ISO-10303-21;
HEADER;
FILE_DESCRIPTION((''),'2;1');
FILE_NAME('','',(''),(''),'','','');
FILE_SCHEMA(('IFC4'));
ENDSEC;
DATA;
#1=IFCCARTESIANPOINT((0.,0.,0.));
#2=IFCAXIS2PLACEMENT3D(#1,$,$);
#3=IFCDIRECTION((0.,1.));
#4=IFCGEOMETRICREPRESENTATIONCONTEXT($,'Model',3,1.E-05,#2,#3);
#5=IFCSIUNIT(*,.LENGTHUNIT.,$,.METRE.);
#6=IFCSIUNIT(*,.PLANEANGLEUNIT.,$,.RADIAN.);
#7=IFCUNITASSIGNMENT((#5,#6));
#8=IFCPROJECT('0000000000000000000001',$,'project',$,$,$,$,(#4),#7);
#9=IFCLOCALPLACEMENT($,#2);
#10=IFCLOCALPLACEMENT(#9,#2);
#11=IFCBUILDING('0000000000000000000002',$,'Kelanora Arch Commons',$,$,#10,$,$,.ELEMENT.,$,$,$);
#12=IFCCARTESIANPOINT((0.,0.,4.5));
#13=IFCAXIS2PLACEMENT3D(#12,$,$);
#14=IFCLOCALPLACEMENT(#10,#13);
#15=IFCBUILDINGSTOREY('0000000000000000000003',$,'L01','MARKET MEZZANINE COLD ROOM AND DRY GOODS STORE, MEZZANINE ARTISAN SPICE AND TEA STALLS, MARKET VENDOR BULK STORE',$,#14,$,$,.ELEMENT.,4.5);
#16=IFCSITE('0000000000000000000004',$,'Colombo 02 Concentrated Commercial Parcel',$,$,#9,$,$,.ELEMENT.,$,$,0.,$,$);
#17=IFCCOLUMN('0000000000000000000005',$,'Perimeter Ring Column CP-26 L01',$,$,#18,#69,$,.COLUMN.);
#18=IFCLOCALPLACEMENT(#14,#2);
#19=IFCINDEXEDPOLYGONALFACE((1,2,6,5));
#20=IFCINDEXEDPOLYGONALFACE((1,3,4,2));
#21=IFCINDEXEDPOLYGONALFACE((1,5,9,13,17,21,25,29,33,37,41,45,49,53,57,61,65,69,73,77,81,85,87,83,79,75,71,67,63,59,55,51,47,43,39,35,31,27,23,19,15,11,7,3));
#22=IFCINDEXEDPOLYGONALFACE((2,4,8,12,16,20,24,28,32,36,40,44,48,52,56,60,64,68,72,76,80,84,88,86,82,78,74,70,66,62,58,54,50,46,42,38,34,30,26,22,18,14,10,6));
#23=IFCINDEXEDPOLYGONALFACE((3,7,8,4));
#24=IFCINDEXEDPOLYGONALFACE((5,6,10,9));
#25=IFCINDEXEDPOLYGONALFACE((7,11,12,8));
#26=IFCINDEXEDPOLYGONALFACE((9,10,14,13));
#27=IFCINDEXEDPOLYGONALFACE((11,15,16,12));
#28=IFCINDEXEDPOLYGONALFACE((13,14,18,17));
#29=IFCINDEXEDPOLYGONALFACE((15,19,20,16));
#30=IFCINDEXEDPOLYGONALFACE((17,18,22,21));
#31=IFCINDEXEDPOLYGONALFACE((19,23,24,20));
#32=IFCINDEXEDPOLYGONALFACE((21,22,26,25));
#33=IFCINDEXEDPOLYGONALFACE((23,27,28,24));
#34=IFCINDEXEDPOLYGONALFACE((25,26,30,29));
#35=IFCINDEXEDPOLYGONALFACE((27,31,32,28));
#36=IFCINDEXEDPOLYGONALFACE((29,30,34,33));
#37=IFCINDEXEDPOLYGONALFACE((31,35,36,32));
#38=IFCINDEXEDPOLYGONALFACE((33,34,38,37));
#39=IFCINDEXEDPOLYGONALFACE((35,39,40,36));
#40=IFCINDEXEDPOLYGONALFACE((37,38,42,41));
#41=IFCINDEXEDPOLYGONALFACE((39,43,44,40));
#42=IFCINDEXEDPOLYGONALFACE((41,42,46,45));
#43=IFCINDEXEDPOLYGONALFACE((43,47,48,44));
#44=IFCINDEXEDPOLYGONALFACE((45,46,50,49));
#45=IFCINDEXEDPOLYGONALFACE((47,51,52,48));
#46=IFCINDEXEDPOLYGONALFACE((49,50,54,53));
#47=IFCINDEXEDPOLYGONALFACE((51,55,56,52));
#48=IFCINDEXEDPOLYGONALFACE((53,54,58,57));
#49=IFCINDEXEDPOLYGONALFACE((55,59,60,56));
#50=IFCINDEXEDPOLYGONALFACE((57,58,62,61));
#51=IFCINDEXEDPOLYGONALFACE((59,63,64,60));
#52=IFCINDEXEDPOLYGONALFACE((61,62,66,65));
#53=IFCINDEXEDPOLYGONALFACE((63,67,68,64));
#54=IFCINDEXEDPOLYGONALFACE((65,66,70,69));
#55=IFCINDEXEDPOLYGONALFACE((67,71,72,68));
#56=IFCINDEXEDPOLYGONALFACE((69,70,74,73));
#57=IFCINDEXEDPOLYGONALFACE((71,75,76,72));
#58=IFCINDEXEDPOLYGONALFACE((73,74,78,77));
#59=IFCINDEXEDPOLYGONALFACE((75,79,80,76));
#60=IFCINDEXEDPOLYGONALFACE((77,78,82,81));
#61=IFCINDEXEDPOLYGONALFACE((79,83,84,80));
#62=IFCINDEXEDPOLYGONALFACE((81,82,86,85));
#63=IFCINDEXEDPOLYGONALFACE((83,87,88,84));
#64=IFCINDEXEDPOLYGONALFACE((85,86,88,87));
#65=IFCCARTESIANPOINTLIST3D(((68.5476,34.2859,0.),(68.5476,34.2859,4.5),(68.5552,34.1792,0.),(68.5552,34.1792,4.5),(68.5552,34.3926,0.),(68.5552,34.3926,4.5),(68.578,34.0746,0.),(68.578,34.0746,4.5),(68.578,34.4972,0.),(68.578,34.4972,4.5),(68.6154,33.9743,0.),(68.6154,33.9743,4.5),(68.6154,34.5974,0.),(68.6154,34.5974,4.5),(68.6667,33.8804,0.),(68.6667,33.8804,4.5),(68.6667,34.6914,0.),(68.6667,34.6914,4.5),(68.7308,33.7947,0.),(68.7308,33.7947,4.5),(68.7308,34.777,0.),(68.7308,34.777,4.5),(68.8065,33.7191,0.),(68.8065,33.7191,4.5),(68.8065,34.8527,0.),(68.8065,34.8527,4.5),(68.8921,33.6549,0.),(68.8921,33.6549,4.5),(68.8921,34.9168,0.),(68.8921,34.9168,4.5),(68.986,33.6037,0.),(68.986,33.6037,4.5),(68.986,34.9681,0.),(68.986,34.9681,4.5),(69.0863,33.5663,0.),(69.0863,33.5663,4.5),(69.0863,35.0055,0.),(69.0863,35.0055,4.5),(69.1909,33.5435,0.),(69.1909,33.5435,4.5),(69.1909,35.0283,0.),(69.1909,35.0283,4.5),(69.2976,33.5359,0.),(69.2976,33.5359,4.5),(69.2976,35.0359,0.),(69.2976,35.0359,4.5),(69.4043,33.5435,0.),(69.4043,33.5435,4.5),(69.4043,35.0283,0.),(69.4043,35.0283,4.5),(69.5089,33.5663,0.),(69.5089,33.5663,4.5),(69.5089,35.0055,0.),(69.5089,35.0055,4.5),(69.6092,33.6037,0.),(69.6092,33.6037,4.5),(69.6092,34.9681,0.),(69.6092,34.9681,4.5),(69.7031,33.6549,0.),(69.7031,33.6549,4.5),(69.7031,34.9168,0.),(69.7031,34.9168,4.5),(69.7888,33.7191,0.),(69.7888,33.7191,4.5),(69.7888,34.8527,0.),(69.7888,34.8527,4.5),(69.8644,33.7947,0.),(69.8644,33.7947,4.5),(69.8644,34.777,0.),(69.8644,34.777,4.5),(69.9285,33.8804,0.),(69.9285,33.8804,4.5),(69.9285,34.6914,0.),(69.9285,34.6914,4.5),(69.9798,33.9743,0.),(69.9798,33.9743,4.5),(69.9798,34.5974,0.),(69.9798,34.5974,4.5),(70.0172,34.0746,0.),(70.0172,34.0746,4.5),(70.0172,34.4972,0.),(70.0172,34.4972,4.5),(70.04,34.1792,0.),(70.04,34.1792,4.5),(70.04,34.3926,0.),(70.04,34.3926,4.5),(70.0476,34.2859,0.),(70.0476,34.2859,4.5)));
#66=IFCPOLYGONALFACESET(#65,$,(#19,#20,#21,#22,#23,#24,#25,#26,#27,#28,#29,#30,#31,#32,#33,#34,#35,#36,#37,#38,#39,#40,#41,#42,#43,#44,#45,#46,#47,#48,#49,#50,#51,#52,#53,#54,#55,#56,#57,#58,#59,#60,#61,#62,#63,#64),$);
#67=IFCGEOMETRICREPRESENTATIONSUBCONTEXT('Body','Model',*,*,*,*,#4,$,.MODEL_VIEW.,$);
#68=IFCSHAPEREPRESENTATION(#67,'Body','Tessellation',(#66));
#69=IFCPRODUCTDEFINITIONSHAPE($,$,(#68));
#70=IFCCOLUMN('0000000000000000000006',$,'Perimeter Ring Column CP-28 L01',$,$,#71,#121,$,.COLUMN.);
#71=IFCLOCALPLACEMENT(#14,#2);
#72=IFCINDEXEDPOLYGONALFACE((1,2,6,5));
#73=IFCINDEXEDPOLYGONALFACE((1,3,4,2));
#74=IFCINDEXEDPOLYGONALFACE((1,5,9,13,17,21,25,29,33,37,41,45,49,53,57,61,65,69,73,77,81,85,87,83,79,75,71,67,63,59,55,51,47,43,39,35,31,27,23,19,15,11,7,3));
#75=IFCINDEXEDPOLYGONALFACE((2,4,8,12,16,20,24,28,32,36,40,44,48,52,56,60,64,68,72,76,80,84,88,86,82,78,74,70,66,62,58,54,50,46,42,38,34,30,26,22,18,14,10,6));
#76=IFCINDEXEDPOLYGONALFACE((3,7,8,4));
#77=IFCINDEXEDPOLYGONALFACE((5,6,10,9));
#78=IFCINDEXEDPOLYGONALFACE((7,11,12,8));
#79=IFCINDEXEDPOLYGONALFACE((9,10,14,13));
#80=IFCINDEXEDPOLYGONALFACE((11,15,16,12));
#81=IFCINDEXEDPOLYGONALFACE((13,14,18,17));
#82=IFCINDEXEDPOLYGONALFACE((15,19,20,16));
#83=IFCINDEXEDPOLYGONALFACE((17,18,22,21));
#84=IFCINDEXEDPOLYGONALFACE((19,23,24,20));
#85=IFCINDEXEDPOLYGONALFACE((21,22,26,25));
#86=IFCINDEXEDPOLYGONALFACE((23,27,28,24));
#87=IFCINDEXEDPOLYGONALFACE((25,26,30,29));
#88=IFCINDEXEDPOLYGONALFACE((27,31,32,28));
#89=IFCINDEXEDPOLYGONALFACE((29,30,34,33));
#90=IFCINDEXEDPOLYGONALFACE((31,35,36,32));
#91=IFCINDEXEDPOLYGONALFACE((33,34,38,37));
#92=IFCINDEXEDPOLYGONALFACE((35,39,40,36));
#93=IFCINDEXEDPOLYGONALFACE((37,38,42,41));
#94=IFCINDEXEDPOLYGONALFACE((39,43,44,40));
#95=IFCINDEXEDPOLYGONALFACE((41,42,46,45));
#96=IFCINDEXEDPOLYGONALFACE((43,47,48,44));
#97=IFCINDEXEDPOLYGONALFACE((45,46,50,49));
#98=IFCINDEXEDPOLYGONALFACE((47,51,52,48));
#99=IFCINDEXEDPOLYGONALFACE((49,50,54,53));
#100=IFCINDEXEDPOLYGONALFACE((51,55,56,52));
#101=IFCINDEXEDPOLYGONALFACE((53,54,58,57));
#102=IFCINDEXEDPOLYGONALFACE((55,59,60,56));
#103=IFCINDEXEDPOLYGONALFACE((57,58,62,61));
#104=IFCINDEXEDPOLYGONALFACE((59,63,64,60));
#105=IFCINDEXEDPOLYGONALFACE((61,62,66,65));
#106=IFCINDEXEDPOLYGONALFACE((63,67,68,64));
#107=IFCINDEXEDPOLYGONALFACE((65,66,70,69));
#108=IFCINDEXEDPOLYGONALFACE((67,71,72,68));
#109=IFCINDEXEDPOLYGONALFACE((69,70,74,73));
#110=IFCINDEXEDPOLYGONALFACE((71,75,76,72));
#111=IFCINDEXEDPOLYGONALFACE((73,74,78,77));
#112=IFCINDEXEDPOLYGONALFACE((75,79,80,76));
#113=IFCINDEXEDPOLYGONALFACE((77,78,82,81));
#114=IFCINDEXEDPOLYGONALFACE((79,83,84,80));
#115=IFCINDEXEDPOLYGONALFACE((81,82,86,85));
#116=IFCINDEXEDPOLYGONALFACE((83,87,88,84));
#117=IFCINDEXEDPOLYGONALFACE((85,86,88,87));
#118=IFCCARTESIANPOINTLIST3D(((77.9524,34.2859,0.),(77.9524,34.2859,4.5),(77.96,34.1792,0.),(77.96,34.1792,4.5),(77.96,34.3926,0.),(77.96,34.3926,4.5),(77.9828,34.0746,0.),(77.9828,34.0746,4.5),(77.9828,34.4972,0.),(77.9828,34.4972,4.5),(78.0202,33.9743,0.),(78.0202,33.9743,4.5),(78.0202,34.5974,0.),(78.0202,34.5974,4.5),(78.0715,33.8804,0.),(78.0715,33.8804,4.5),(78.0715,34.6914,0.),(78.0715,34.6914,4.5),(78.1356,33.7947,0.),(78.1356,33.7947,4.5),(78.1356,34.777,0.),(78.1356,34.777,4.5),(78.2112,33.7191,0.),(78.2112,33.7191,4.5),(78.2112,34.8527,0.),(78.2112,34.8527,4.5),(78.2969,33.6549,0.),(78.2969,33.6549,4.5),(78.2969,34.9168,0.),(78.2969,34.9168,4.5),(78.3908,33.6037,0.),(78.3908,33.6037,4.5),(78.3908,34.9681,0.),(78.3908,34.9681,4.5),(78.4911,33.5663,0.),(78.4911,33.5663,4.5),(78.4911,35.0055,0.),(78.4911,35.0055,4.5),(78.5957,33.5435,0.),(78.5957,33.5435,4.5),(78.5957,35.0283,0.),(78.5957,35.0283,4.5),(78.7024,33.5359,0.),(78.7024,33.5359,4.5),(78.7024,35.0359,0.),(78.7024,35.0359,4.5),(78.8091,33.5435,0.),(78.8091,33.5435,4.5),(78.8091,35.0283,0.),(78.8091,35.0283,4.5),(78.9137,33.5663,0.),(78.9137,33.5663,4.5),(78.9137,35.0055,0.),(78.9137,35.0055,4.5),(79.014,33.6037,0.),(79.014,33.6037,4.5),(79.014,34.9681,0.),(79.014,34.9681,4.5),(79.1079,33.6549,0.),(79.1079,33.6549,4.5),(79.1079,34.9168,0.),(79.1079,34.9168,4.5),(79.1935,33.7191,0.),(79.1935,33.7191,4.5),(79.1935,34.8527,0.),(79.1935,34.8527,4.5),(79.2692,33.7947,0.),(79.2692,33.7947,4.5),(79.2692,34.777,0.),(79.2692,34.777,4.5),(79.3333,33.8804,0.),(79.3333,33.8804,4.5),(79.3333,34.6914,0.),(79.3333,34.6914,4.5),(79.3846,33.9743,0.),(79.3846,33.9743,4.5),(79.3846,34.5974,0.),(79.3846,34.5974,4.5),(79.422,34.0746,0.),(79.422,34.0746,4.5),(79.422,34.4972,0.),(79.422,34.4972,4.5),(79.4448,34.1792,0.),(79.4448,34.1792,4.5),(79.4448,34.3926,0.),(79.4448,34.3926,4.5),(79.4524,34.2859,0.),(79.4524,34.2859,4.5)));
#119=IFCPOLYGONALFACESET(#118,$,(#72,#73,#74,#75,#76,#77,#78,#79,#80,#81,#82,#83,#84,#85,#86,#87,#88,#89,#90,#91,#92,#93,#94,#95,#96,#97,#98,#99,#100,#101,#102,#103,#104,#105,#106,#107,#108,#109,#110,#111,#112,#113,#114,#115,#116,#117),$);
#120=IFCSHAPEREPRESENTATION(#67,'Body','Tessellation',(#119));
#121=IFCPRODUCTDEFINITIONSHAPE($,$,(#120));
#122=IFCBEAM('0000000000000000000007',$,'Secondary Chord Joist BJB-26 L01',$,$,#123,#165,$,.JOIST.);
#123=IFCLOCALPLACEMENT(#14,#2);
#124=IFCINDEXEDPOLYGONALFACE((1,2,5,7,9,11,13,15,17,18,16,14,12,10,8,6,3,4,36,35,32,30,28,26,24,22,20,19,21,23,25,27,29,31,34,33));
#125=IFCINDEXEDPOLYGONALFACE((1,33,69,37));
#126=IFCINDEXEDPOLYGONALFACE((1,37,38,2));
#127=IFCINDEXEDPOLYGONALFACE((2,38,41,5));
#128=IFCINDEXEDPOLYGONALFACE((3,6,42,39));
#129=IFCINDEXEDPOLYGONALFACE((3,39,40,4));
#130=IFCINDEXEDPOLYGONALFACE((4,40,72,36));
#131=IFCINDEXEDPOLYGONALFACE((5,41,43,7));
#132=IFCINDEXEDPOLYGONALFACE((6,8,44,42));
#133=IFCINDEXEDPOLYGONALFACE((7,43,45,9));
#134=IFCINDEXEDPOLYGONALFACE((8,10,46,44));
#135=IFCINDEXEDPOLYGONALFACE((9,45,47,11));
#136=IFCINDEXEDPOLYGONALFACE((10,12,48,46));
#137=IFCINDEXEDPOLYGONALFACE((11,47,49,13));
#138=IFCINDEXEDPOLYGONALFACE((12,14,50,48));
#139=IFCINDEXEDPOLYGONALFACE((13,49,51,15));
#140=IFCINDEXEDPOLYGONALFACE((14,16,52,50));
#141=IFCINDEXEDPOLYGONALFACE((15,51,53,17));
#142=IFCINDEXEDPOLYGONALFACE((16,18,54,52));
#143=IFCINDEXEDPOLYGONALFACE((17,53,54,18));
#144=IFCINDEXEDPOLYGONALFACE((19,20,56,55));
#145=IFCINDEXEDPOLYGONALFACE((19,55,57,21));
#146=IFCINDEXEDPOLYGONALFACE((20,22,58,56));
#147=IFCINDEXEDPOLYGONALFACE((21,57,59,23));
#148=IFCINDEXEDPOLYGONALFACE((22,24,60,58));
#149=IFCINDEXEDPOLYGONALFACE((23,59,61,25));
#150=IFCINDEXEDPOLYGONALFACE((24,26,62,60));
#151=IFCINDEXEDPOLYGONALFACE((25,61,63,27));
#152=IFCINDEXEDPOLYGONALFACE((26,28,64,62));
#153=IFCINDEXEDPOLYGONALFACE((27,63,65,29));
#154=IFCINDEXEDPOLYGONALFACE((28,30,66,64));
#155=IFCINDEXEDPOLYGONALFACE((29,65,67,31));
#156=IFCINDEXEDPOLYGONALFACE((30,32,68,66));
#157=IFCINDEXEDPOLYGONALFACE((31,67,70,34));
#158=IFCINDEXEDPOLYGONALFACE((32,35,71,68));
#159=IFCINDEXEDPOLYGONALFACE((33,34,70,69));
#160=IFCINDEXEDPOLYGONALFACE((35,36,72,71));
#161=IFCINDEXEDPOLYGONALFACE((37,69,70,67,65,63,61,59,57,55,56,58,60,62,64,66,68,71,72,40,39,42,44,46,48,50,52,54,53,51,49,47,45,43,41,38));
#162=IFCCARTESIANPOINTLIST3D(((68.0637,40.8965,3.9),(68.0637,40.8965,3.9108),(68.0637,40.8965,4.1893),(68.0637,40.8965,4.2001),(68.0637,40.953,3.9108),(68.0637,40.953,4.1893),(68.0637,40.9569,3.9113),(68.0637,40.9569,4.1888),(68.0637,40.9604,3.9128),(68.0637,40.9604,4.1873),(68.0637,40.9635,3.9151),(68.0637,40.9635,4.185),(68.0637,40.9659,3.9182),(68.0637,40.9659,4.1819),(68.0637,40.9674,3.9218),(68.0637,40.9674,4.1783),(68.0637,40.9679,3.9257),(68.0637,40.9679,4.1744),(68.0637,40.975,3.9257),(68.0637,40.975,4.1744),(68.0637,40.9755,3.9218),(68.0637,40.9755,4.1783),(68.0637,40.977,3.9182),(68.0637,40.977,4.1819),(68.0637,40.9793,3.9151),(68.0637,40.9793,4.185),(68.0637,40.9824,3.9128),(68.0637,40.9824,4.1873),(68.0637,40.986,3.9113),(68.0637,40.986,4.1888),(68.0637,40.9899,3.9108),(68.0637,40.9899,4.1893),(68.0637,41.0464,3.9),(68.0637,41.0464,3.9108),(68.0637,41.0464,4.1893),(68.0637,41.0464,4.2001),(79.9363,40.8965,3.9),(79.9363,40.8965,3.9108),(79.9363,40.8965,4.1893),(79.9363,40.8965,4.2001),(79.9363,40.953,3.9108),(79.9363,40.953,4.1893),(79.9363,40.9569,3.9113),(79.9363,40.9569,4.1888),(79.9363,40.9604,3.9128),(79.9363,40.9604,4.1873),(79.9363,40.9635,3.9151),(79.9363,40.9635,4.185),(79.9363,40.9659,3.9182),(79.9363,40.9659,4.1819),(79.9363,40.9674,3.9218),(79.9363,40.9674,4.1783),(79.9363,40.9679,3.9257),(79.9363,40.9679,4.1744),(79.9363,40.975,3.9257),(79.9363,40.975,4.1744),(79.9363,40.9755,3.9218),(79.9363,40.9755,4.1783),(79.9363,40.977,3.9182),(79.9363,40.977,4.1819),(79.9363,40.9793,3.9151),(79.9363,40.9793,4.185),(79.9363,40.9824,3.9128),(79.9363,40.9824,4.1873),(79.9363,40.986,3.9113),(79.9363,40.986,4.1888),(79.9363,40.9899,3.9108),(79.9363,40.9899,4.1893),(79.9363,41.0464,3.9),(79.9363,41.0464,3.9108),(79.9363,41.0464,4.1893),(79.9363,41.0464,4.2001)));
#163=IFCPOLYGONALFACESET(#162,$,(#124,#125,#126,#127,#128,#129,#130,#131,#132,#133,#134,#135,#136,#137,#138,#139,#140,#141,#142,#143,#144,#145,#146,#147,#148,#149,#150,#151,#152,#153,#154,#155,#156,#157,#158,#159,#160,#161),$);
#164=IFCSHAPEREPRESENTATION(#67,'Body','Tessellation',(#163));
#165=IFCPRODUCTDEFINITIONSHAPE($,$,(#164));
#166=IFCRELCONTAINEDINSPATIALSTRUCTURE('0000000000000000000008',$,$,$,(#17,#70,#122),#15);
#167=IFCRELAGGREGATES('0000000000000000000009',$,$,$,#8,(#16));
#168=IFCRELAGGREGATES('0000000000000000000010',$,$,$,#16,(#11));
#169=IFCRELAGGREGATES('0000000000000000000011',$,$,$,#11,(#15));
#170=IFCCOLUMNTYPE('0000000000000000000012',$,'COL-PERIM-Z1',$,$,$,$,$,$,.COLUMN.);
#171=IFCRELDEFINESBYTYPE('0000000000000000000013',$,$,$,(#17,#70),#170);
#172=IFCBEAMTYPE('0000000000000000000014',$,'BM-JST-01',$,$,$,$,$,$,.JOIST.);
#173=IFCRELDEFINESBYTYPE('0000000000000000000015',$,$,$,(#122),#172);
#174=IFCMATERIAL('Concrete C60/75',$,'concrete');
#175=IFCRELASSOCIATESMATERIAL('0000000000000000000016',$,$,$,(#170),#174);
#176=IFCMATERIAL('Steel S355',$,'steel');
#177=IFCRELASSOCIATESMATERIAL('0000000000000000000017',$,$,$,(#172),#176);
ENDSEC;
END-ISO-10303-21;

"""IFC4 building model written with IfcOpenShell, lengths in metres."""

from ifc_helpers import new_model, si_unit, direction, frame, origin, origin_2d, place, context, subcontext, project, spatial, circle, i_section, extrude, material, material_profile, profile_set, type_object, element, save


model = new_model("IFC4")

# Units and contexts
model_context = context("Model", 3, precision=1e-05, world=origin(), true_north=direction((0.0, 1.0)))
body_context = subcontext(model_context, "Body", "Model", "MODEL_VIEW")
ifc_project = project(units=[si_unit("LENGTHUNIT", "METRE"), si_unit("PLANEANGLEUNIT", "RADIAN")], contexts=[model_context])

# Site, building, storey
site_placement = place(None, origin())
site = spatial("IfcSite", under=ifc_project, at=site_placement, Name="Colombo 02 Concentrated Commercial Parcel", CompositionType="ELEMENT", RefElevation=0.0)
building_placement = place(site_placement, origin())
building = spatial("IfcBuilding", under=site, at=building_placement, Name="Kelanora Arch Commons", CompositionType="ELEMENT")
storey_placement = place(building_placement, frame((0.0, 0.0, 4.5)))
storey = spatial("IfcBuildingStorey", under=building, at=storey_placement, Name="L01", Description="MARKET MEZZANINE COLD ROOM AND DRY GOODS STORE, MEZZANINE ARTISAN SPICE AND TEA STALLS, MARKET VENDOR BULK STORE", CompositionType="ELEMENT", Elevation=4.5)

# Columns
ifc_material_1 = material(Name="Concrete C60/75", Category="concrete")
ifc_material_profile_1 = material_profile(ifc_material_1, circle(Radius=0.75, at=origin_2d()), Name="RCC1500")
ifc_profile_set_1 = profile_set([ifc_material_profile_1], Name="Concrete C60/75")
column_type = type_object("IfcColumnType", Name="COL-PERIM-Z1", PredefinedType="COLUMN", material=ifc_profile_set_1)
for number, where, z_axis, x_axis, name in (
    (1, (69.2976, 34.2859, 0.0), (0.0, 0.0, 1.0), (1.0, 0.0, 0.0), "Perimeter Ring Column CP-26 L01"),
    (2, (78.7024, 34.2859, 0.0), (0.0, 0.0, 1.0), (1.0, 0.0, 0.0), "Perimeter Ring Column CP-28 L01"),
):
    element("IfcColumn", number, at=place(storey_placement, frame(where, z_axis=z_axis, x_axis=x_axis)), inside=storey, type_object=column_type, Name=name, PredefinedType="COLUMN", context=body_context, shape_type="SweptSolid", body=[
        extrude(circle(Radius=0.75, at=origin_2d()), origin(), (0.0, 0.0, 1.0), 4.5),
    ])

# Beam
ifc_material_2 = material(Name="Steel S355", Category="steel")
ifc_material_profile_2 = material_profile(ifc_material_2, i_section(OverallWidth=0.1499, OverallDepth=0.3, WebThickness=0.0071, FlangeThickness=0.0107, FilletRadius=0.0149, at=origin_2d()), Name="IPE300")
ifc_profile_set_2 = profile_set([ifc_material_profile_2], Name="Steel S355")
beam_type_1 = type_object("IfcBeamType", Name="BM-JST-01", PredefinedType="JOIST", material=ifc_profile_set_2)
beam_1_placement = place(storey_placement, frame((68.0637, 40.9714, 4.05), z_axis=(1.0, 0.0, 0.0), x_axis=(0.0, 1.0, 0.0)))
element("IfcBeam", 3, at=beam_1_placement, inside=storey, type_object=beam_type_1, Name="Secondary Chord Joist BJB-26 L01", PredefinedType="JOIST", context=body_context, shape_type="SweptSolid", body=[
    extrude(i_section(OverallWidth=0.1499, OverallDepth=0.3, WebThickness=0.0071, FlangeThickness=0.0107, FilletRadius=0.0149, at=origin_2d()), origin(), (0.0, 0.0, 1.0), 11.8726),
])

save(model, "model.ifc")
